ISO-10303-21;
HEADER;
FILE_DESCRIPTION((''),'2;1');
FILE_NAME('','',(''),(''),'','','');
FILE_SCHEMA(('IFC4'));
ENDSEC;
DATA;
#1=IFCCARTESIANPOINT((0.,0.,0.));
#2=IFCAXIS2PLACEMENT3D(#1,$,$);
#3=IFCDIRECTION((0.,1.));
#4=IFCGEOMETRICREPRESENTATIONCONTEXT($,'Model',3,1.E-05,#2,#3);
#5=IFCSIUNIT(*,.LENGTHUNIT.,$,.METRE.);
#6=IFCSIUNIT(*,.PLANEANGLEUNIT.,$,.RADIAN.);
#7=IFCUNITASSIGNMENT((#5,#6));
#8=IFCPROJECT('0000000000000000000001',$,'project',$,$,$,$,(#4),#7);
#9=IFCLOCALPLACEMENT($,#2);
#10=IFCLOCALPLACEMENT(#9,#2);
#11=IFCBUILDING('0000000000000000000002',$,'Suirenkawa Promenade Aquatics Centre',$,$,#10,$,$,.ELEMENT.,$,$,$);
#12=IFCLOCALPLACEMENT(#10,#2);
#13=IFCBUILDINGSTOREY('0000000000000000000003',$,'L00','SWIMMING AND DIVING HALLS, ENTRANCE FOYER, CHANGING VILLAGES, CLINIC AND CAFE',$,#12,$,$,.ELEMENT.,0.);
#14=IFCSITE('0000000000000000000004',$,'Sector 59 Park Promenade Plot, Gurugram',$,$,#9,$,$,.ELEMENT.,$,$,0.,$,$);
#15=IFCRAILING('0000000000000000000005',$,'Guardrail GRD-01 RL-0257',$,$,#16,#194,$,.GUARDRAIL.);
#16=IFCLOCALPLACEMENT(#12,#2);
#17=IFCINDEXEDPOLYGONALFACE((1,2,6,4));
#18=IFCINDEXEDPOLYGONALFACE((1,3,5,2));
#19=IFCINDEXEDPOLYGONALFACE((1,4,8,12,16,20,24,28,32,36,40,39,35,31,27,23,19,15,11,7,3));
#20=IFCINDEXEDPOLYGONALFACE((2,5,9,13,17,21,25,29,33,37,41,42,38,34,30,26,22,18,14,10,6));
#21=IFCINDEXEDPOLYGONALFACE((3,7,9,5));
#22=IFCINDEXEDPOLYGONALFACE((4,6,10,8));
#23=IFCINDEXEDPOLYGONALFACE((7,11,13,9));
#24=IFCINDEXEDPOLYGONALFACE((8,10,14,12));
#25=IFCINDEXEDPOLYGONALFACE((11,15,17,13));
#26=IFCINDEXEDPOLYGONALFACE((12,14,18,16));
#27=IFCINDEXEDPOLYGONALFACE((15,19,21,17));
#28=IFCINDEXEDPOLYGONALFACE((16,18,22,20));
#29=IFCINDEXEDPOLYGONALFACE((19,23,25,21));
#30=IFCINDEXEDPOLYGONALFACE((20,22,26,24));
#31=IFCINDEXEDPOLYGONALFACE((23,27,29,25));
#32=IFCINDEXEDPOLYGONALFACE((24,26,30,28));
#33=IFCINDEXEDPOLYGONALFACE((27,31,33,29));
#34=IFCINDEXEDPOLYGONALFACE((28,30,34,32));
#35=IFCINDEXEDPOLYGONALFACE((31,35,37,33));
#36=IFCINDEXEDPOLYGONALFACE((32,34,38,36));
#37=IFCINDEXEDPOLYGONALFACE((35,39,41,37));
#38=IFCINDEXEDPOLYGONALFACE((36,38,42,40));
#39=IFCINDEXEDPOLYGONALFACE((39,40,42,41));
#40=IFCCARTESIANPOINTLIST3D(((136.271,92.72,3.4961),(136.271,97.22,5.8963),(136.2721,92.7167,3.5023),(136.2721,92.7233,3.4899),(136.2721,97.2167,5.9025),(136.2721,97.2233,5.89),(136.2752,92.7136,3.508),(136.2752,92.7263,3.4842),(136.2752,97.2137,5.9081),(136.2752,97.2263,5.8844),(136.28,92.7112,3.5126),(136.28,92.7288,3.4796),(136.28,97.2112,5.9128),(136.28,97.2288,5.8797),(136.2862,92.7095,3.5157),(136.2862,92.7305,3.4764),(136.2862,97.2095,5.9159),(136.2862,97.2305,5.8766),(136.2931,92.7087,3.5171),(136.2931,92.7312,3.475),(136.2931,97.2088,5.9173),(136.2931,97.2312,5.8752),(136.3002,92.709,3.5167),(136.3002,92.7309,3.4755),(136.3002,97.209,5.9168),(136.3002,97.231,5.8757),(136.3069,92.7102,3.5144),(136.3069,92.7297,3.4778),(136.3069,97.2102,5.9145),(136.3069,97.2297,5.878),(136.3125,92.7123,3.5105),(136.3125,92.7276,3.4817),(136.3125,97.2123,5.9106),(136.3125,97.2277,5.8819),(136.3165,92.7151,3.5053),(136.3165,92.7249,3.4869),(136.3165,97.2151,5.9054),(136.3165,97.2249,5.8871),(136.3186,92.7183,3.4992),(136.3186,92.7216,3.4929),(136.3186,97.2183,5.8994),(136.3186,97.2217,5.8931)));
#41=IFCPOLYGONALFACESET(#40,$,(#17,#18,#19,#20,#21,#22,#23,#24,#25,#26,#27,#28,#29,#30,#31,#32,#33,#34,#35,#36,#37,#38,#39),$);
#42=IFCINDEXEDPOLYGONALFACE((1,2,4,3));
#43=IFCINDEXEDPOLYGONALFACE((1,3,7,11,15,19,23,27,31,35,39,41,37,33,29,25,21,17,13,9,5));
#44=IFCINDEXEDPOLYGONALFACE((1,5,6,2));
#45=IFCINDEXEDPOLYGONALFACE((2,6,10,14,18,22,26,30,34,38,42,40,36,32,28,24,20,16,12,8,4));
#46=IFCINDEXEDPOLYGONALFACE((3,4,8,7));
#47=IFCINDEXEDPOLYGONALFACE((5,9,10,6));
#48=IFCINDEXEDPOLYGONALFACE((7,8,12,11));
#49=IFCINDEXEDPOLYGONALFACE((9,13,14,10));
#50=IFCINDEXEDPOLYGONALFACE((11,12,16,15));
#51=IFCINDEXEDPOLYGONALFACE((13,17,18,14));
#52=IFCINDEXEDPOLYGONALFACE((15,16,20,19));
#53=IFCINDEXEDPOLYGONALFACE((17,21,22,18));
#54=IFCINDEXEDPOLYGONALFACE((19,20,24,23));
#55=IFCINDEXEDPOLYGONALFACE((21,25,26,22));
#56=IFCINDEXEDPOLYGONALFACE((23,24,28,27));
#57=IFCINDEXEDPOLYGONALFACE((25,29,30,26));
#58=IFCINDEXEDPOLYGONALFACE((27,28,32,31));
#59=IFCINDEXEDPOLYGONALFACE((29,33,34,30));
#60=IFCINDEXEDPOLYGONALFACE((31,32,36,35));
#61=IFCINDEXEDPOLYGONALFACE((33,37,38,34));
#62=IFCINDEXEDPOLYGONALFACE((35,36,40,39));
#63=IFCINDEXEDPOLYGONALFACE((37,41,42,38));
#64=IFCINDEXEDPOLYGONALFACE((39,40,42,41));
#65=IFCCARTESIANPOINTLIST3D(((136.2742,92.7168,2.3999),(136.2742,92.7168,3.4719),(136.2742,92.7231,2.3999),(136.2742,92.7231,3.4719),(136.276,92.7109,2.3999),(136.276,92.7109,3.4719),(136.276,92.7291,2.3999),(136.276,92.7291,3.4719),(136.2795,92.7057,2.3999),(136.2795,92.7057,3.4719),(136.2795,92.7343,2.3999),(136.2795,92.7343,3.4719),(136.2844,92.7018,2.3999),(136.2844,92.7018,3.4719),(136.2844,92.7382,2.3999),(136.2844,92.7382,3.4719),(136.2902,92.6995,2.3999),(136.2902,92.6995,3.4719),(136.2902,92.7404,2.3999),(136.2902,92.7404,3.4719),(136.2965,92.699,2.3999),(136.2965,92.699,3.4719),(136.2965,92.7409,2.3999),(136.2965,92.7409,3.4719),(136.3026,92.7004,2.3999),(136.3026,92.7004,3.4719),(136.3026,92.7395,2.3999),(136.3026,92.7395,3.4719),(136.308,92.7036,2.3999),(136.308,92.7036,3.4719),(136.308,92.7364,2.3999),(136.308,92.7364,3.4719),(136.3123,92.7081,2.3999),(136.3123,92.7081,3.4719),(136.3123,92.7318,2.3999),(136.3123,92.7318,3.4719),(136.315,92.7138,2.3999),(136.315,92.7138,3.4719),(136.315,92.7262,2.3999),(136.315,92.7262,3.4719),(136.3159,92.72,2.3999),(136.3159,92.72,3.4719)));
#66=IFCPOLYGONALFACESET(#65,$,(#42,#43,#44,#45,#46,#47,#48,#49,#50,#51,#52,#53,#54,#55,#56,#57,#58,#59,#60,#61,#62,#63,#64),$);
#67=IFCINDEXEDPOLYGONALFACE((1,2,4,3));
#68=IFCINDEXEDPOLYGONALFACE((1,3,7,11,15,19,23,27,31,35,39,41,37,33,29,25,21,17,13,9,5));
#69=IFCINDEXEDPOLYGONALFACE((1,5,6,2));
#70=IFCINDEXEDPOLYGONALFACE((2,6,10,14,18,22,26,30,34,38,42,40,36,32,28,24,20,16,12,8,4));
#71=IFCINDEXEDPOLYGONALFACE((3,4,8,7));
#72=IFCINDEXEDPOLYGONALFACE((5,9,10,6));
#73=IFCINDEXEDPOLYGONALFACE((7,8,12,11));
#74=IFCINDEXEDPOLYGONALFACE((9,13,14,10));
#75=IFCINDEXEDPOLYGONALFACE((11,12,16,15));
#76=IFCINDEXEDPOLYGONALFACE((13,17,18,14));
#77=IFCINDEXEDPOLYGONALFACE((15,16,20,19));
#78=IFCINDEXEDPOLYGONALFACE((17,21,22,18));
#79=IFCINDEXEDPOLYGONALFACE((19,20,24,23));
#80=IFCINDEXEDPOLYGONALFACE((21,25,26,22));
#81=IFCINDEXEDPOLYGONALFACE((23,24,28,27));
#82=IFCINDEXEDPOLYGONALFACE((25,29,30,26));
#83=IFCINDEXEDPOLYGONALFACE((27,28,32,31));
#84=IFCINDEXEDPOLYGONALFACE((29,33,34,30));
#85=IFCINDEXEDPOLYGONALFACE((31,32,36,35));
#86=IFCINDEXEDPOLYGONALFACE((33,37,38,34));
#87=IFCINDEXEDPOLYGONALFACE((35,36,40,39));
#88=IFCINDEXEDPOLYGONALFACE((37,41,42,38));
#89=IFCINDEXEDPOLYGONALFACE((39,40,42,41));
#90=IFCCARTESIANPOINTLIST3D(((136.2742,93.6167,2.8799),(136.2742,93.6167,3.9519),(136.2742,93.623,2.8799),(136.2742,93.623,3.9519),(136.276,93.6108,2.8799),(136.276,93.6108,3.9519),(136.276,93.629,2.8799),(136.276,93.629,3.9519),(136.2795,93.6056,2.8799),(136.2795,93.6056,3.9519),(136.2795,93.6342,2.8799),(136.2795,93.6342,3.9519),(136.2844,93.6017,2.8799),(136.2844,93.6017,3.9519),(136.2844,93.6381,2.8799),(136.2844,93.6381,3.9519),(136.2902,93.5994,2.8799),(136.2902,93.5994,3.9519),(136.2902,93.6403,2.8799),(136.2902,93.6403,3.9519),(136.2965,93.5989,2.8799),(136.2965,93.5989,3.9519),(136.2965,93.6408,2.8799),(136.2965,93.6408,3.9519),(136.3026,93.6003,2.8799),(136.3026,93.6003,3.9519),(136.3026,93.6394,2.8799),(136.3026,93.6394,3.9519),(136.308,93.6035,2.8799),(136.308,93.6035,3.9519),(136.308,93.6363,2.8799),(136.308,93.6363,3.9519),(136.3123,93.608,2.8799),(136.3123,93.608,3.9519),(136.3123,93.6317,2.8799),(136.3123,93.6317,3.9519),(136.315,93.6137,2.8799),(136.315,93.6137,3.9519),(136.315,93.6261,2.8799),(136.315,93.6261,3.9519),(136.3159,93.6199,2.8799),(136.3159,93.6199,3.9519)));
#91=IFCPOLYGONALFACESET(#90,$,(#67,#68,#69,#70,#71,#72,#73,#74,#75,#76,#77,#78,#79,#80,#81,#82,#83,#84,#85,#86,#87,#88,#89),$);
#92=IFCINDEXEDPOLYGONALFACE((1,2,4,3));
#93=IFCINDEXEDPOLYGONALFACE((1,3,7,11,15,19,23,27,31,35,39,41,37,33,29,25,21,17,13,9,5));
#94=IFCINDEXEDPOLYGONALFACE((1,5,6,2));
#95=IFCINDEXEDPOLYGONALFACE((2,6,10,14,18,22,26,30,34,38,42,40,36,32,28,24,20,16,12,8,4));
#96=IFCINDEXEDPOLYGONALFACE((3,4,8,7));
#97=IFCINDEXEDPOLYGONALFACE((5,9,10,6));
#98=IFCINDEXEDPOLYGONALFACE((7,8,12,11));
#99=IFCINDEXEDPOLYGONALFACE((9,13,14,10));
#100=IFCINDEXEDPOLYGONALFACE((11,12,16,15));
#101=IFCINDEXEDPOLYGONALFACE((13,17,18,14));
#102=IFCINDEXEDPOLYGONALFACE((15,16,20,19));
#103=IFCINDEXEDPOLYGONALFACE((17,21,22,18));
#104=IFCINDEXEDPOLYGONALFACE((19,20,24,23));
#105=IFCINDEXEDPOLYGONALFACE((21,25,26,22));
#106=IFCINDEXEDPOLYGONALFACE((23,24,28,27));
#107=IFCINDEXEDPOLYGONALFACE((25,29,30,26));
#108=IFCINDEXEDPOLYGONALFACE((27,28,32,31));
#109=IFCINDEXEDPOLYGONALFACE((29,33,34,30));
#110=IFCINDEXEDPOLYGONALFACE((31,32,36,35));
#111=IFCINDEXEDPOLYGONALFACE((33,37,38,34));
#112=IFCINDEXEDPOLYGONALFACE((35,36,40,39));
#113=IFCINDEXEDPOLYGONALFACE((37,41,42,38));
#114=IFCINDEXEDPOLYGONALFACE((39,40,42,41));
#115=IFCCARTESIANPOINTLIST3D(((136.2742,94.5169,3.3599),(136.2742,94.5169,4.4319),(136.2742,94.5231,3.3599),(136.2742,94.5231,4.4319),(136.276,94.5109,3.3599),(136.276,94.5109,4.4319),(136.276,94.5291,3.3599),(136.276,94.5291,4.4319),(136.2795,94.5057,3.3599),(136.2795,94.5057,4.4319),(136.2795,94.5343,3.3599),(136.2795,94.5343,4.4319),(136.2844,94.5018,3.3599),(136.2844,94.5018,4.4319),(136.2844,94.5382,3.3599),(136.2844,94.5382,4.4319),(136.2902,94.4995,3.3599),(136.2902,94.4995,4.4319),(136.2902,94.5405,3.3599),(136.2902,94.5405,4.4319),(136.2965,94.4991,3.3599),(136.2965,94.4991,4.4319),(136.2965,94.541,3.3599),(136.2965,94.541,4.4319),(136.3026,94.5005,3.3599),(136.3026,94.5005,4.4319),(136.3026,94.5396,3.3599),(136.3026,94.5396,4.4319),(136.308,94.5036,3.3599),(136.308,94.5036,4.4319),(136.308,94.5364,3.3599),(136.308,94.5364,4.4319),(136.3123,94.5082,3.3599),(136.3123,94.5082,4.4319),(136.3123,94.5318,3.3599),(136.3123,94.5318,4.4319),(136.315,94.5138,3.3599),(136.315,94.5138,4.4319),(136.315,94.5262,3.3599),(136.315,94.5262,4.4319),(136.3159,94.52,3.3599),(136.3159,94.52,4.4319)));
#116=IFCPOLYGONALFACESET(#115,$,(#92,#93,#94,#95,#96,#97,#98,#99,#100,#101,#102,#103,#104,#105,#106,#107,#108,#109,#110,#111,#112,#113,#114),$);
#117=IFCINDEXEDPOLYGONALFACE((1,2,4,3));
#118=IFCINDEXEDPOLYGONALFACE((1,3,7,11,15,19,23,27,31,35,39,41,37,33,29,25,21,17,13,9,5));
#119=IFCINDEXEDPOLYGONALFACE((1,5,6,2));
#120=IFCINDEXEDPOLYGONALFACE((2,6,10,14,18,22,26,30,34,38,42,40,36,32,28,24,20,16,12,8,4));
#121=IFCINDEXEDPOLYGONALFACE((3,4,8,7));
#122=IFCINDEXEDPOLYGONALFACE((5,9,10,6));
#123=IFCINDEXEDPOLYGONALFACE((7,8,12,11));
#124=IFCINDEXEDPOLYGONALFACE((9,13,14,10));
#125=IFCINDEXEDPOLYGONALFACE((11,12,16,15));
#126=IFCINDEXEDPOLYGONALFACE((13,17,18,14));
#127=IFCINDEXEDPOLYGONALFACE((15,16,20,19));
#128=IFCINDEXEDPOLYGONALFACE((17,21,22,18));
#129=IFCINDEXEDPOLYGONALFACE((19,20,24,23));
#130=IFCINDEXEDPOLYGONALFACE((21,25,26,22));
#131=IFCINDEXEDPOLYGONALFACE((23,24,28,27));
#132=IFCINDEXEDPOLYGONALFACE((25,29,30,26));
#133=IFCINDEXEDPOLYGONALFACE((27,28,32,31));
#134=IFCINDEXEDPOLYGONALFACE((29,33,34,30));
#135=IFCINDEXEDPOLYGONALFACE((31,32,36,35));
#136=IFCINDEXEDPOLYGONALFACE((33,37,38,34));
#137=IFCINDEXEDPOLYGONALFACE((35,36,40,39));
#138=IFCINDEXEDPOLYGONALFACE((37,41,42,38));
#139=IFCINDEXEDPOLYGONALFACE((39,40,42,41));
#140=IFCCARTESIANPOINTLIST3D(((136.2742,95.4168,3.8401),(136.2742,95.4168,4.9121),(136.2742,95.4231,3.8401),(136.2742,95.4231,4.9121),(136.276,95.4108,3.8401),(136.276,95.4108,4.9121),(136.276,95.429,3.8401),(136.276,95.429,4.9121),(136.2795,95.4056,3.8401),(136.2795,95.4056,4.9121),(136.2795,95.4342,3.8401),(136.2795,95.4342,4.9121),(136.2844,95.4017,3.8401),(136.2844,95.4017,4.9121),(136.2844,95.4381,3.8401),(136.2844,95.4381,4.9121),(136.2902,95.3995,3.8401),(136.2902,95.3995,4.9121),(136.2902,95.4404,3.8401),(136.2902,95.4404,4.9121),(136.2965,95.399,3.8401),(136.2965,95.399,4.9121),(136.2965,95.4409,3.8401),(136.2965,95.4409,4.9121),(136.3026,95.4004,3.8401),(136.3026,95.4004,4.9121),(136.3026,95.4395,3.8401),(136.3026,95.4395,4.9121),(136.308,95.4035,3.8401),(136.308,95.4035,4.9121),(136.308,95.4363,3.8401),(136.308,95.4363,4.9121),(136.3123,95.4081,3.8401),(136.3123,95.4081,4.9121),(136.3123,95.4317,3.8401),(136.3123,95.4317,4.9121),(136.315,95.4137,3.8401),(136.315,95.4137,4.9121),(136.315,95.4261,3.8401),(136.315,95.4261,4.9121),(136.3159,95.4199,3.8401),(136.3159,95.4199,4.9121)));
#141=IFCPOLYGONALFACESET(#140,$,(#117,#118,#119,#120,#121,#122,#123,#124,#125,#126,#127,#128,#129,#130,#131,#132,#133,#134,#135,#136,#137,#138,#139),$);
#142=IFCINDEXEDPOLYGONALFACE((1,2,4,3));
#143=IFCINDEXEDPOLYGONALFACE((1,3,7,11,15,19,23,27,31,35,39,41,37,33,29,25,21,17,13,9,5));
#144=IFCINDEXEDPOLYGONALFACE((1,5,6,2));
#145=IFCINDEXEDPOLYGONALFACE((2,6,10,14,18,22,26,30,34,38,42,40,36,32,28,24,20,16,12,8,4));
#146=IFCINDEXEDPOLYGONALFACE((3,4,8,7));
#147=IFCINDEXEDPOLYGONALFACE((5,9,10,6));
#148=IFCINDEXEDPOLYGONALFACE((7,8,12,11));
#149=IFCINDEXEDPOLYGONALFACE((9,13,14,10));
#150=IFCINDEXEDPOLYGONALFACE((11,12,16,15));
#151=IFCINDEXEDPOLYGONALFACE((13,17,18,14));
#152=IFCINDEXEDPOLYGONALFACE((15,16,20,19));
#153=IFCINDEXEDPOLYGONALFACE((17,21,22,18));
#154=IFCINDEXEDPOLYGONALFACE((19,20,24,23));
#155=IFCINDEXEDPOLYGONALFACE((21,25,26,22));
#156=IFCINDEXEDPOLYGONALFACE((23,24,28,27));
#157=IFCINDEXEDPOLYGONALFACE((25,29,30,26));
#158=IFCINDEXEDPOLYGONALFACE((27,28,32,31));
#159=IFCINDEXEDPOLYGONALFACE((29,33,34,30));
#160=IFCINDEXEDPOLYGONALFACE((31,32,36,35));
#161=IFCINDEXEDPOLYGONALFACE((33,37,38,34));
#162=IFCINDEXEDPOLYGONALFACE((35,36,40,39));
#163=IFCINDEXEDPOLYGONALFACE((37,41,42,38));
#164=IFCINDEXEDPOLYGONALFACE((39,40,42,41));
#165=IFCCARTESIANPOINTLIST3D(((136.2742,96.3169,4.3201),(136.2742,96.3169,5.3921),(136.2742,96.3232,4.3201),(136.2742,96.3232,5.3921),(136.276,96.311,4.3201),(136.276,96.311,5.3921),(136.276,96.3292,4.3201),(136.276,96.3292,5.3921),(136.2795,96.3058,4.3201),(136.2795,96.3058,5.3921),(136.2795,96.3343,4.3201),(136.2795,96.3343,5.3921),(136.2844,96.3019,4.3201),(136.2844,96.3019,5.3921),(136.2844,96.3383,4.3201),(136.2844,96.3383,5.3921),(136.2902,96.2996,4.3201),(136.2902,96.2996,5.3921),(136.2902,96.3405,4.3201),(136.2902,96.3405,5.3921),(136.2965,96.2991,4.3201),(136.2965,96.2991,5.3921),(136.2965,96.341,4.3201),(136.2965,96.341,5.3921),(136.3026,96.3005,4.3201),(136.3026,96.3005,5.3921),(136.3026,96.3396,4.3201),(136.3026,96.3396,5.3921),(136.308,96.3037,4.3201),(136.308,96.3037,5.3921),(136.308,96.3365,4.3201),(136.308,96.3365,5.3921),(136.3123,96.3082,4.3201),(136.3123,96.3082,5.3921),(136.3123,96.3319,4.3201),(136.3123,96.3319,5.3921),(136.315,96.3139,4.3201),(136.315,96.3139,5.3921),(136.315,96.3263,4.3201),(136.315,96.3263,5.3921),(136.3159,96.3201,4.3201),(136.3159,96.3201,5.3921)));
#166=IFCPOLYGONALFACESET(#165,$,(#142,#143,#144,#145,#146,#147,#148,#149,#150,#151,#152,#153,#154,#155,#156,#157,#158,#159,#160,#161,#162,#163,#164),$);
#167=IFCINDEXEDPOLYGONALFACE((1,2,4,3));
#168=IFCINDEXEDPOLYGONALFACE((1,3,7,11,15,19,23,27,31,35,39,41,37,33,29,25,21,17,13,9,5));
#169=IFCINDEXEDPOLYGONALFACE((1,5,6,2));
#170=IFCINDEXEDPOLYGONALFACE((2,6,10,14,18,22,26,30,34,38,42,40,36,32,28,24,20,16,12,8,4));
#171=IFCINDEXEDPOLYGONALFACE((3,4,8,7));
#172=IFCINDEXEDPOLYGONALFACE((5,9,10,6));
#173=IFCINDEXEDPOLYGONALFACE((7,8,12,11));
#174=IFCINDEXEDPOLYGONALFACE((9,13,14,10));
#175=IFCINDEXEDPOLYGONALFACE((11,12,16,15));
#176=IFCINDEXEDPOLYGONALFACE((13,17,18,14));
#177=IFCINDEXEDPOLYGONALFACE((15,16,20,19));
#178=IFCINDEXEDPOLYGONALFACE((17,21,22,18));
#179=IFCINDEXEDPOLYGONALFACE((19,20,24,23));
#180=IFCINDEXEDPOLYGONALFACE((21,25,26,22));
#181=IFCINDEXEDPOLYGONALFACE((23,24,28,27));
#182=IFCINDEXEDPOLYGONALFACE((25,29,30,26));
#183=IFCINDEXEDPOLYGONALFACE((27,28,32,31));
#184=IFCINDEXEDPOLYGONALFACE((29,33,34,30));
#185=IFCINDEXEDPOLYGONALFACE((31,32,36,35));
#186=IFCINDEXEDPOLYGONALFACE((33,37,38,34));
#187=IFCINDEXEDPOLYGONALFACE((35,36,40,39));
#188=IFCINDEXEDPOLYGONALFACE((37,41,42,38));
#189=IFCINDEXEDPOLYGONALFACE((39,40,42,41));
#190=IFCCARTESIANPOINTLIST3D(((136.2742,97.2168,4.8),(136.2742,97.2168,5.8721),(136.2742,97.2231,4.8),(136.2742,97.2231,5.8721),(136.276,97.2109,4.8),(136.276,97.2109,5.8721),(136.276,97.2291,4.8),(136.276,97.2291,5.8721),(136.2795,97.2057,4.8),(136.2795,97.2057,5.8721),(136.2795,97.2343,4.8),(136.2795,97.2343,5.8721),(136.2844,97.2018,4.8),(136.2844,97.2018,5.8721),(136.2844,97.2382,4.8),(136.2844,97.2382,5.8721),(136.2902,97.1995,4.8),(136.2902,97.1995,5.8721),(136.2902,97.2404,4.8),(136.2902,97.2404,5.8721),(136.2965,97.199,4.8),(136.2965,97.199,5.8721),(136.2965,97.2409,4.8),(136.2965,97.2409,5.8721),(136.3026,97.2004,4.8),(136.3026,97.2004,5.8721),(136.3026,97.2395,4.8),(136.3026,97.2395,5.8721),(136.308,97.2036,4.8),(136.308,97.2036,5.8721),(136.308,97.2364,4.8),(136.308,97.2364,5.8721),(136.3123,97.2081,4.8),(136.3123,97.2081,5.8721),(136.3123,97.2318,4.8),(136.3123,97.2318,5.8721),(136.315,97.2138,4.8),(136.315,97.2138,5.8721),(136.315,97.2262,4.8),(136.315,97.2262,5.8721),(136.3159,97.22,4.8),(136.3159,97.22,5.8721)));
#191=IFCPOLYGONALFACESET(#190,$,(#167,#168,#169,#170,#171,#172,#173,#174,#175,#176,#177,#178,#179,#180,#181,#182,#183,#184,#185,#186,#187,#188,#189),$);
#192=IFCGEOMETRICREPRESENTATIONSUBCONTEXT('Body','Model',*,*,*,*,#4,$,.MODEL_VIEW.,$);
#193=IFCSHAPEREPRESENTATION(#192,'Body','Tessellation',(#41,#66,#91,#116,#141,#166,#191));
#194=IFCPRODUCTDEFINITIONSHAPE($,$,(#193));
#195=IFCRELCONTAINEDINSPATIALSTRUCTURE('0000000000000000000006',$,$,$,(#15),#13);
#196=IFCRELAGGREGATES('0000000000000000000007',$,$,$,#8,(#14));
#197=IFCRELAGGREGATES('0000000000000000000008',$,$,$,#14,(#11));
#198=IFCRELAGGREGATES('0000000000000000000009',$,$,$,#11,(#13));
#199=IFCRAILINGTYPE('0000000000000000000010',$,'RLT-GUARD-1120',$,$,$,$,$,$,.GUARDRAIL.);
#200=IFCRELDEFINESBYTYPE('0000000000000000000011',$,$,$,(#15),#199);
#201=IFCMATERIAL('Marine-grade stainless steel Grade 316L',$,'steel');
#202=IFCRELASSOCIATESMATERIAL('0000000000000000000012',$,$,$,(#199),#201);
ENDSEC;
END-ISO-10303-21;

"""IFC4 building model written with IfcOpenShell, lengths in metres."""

from ifc_helpers import new_model, si_unit, direction, frame, origin, origin_2d, place, context, subcontext, project, spatial, circle, extrude, material, type_object, element, save


model = new_model("IFC4")

# Units and contexts
model_context = context("Model", 3, precision=1e-05, world=origin(), true_north=direction((0.0, 1.0)))
body_context = subcontext(model_context, "Body", "Model", "MODEL_VIEW")
ifc_project = project(units=[si_unit("LENGTHUNIT", "METRE"), si_unit("PLANEANGLEUNIT", "RADIAN")], contexts=[model_context])

# Site, building, storey
site_placement = place(None, origin())
site = spatial("IfcSite", under=ifc_project, at=site_placement, Name="Sector 59 Park Promenade Plot, Gurugram", CompositionType="ELEMENT", RefElevation=0.0)
building_placement = place(site_placement, origin())
building = spatial("IfcBuilding", under=site, at=building_placement, Name="Suirenkawa Promenade Aquatics Centre", CompositionType="ELEMENT")
storey_placement = place(building_placement, origin())
storey = spatial("IfcBuildingStorey", under=building, at=storey_placement, Name="L00", Description="SWIMMING AND DIVING HALLS, ENTRANCE FOYER, CHANGING VILLAGES, CLINIC AND CAFE", CompositionType="ELEMENT", Elevation=0.0)

# Railing
ifc_material_1 = material(Name="Marine-grade stainless steel Grade 316L", Category="steel")
railing_type_1 = type_object("IfcRailingType", Name="RLT-GUARD-1120", PredefinedType="GUARDRAIL", material=ifc_material_1)
for number, where, name in (
    (1, (136.2949, 92.72, 2.3999), "Guardrail GRD-01 RL-0257"),
):
    element("IfcRailing", number, at=place(storey_placement, frame(where)), inside=storey, type_object=railing_type_1, Name=name, PredefinedType="GUARDRAIL", context=body_context, shape_type="SweptSolid", body=[
        extrude(circle(Radius=0.0239, at=origin_2d()), frame((0.0, 0.0, 1.0962), z_axis=(0.0, 0.882341, 0.470611), x_axis=(-1.0, 0.0, 0.0)), (0.0, 0.0, 1.0), 5.1001),
        extrude(circle(Radius=0.021, at=origin_2d()), origin(), (0.0, 0.0, 1.0), 1.072),
        extrude(circle(Radius=0.021, at=origin_2d()), frame((0.0, 0.8999, 0.48)), (0.0, 0.0, 1.0), 1.072),
        extrude(circle(Radius=0.021, at=origin_2d()), frame((0.0, 1.8, 0.96)), (0.0, 0.0, 1.0), 1.072),
        extrude(circle(Radius=0.021, at=origin_2d()), frame((0.0, 2.7, 1.4402)), (0.0, 0.0, 1.0), 1.072),
        extrude(circle(Radius=0.021, at=origin_2d()), frame((0.0, 3.6001, 1.9202)), (0.0, 0.0, 1.0), 1.072),
        extrude(circle(Radius=0.021, at=origin_2d()), frame((0.0, 4.5, 2.4001)), (0.0, 0.0, 1.0), 1.072),
    ])

save(model, "model.ifc")
